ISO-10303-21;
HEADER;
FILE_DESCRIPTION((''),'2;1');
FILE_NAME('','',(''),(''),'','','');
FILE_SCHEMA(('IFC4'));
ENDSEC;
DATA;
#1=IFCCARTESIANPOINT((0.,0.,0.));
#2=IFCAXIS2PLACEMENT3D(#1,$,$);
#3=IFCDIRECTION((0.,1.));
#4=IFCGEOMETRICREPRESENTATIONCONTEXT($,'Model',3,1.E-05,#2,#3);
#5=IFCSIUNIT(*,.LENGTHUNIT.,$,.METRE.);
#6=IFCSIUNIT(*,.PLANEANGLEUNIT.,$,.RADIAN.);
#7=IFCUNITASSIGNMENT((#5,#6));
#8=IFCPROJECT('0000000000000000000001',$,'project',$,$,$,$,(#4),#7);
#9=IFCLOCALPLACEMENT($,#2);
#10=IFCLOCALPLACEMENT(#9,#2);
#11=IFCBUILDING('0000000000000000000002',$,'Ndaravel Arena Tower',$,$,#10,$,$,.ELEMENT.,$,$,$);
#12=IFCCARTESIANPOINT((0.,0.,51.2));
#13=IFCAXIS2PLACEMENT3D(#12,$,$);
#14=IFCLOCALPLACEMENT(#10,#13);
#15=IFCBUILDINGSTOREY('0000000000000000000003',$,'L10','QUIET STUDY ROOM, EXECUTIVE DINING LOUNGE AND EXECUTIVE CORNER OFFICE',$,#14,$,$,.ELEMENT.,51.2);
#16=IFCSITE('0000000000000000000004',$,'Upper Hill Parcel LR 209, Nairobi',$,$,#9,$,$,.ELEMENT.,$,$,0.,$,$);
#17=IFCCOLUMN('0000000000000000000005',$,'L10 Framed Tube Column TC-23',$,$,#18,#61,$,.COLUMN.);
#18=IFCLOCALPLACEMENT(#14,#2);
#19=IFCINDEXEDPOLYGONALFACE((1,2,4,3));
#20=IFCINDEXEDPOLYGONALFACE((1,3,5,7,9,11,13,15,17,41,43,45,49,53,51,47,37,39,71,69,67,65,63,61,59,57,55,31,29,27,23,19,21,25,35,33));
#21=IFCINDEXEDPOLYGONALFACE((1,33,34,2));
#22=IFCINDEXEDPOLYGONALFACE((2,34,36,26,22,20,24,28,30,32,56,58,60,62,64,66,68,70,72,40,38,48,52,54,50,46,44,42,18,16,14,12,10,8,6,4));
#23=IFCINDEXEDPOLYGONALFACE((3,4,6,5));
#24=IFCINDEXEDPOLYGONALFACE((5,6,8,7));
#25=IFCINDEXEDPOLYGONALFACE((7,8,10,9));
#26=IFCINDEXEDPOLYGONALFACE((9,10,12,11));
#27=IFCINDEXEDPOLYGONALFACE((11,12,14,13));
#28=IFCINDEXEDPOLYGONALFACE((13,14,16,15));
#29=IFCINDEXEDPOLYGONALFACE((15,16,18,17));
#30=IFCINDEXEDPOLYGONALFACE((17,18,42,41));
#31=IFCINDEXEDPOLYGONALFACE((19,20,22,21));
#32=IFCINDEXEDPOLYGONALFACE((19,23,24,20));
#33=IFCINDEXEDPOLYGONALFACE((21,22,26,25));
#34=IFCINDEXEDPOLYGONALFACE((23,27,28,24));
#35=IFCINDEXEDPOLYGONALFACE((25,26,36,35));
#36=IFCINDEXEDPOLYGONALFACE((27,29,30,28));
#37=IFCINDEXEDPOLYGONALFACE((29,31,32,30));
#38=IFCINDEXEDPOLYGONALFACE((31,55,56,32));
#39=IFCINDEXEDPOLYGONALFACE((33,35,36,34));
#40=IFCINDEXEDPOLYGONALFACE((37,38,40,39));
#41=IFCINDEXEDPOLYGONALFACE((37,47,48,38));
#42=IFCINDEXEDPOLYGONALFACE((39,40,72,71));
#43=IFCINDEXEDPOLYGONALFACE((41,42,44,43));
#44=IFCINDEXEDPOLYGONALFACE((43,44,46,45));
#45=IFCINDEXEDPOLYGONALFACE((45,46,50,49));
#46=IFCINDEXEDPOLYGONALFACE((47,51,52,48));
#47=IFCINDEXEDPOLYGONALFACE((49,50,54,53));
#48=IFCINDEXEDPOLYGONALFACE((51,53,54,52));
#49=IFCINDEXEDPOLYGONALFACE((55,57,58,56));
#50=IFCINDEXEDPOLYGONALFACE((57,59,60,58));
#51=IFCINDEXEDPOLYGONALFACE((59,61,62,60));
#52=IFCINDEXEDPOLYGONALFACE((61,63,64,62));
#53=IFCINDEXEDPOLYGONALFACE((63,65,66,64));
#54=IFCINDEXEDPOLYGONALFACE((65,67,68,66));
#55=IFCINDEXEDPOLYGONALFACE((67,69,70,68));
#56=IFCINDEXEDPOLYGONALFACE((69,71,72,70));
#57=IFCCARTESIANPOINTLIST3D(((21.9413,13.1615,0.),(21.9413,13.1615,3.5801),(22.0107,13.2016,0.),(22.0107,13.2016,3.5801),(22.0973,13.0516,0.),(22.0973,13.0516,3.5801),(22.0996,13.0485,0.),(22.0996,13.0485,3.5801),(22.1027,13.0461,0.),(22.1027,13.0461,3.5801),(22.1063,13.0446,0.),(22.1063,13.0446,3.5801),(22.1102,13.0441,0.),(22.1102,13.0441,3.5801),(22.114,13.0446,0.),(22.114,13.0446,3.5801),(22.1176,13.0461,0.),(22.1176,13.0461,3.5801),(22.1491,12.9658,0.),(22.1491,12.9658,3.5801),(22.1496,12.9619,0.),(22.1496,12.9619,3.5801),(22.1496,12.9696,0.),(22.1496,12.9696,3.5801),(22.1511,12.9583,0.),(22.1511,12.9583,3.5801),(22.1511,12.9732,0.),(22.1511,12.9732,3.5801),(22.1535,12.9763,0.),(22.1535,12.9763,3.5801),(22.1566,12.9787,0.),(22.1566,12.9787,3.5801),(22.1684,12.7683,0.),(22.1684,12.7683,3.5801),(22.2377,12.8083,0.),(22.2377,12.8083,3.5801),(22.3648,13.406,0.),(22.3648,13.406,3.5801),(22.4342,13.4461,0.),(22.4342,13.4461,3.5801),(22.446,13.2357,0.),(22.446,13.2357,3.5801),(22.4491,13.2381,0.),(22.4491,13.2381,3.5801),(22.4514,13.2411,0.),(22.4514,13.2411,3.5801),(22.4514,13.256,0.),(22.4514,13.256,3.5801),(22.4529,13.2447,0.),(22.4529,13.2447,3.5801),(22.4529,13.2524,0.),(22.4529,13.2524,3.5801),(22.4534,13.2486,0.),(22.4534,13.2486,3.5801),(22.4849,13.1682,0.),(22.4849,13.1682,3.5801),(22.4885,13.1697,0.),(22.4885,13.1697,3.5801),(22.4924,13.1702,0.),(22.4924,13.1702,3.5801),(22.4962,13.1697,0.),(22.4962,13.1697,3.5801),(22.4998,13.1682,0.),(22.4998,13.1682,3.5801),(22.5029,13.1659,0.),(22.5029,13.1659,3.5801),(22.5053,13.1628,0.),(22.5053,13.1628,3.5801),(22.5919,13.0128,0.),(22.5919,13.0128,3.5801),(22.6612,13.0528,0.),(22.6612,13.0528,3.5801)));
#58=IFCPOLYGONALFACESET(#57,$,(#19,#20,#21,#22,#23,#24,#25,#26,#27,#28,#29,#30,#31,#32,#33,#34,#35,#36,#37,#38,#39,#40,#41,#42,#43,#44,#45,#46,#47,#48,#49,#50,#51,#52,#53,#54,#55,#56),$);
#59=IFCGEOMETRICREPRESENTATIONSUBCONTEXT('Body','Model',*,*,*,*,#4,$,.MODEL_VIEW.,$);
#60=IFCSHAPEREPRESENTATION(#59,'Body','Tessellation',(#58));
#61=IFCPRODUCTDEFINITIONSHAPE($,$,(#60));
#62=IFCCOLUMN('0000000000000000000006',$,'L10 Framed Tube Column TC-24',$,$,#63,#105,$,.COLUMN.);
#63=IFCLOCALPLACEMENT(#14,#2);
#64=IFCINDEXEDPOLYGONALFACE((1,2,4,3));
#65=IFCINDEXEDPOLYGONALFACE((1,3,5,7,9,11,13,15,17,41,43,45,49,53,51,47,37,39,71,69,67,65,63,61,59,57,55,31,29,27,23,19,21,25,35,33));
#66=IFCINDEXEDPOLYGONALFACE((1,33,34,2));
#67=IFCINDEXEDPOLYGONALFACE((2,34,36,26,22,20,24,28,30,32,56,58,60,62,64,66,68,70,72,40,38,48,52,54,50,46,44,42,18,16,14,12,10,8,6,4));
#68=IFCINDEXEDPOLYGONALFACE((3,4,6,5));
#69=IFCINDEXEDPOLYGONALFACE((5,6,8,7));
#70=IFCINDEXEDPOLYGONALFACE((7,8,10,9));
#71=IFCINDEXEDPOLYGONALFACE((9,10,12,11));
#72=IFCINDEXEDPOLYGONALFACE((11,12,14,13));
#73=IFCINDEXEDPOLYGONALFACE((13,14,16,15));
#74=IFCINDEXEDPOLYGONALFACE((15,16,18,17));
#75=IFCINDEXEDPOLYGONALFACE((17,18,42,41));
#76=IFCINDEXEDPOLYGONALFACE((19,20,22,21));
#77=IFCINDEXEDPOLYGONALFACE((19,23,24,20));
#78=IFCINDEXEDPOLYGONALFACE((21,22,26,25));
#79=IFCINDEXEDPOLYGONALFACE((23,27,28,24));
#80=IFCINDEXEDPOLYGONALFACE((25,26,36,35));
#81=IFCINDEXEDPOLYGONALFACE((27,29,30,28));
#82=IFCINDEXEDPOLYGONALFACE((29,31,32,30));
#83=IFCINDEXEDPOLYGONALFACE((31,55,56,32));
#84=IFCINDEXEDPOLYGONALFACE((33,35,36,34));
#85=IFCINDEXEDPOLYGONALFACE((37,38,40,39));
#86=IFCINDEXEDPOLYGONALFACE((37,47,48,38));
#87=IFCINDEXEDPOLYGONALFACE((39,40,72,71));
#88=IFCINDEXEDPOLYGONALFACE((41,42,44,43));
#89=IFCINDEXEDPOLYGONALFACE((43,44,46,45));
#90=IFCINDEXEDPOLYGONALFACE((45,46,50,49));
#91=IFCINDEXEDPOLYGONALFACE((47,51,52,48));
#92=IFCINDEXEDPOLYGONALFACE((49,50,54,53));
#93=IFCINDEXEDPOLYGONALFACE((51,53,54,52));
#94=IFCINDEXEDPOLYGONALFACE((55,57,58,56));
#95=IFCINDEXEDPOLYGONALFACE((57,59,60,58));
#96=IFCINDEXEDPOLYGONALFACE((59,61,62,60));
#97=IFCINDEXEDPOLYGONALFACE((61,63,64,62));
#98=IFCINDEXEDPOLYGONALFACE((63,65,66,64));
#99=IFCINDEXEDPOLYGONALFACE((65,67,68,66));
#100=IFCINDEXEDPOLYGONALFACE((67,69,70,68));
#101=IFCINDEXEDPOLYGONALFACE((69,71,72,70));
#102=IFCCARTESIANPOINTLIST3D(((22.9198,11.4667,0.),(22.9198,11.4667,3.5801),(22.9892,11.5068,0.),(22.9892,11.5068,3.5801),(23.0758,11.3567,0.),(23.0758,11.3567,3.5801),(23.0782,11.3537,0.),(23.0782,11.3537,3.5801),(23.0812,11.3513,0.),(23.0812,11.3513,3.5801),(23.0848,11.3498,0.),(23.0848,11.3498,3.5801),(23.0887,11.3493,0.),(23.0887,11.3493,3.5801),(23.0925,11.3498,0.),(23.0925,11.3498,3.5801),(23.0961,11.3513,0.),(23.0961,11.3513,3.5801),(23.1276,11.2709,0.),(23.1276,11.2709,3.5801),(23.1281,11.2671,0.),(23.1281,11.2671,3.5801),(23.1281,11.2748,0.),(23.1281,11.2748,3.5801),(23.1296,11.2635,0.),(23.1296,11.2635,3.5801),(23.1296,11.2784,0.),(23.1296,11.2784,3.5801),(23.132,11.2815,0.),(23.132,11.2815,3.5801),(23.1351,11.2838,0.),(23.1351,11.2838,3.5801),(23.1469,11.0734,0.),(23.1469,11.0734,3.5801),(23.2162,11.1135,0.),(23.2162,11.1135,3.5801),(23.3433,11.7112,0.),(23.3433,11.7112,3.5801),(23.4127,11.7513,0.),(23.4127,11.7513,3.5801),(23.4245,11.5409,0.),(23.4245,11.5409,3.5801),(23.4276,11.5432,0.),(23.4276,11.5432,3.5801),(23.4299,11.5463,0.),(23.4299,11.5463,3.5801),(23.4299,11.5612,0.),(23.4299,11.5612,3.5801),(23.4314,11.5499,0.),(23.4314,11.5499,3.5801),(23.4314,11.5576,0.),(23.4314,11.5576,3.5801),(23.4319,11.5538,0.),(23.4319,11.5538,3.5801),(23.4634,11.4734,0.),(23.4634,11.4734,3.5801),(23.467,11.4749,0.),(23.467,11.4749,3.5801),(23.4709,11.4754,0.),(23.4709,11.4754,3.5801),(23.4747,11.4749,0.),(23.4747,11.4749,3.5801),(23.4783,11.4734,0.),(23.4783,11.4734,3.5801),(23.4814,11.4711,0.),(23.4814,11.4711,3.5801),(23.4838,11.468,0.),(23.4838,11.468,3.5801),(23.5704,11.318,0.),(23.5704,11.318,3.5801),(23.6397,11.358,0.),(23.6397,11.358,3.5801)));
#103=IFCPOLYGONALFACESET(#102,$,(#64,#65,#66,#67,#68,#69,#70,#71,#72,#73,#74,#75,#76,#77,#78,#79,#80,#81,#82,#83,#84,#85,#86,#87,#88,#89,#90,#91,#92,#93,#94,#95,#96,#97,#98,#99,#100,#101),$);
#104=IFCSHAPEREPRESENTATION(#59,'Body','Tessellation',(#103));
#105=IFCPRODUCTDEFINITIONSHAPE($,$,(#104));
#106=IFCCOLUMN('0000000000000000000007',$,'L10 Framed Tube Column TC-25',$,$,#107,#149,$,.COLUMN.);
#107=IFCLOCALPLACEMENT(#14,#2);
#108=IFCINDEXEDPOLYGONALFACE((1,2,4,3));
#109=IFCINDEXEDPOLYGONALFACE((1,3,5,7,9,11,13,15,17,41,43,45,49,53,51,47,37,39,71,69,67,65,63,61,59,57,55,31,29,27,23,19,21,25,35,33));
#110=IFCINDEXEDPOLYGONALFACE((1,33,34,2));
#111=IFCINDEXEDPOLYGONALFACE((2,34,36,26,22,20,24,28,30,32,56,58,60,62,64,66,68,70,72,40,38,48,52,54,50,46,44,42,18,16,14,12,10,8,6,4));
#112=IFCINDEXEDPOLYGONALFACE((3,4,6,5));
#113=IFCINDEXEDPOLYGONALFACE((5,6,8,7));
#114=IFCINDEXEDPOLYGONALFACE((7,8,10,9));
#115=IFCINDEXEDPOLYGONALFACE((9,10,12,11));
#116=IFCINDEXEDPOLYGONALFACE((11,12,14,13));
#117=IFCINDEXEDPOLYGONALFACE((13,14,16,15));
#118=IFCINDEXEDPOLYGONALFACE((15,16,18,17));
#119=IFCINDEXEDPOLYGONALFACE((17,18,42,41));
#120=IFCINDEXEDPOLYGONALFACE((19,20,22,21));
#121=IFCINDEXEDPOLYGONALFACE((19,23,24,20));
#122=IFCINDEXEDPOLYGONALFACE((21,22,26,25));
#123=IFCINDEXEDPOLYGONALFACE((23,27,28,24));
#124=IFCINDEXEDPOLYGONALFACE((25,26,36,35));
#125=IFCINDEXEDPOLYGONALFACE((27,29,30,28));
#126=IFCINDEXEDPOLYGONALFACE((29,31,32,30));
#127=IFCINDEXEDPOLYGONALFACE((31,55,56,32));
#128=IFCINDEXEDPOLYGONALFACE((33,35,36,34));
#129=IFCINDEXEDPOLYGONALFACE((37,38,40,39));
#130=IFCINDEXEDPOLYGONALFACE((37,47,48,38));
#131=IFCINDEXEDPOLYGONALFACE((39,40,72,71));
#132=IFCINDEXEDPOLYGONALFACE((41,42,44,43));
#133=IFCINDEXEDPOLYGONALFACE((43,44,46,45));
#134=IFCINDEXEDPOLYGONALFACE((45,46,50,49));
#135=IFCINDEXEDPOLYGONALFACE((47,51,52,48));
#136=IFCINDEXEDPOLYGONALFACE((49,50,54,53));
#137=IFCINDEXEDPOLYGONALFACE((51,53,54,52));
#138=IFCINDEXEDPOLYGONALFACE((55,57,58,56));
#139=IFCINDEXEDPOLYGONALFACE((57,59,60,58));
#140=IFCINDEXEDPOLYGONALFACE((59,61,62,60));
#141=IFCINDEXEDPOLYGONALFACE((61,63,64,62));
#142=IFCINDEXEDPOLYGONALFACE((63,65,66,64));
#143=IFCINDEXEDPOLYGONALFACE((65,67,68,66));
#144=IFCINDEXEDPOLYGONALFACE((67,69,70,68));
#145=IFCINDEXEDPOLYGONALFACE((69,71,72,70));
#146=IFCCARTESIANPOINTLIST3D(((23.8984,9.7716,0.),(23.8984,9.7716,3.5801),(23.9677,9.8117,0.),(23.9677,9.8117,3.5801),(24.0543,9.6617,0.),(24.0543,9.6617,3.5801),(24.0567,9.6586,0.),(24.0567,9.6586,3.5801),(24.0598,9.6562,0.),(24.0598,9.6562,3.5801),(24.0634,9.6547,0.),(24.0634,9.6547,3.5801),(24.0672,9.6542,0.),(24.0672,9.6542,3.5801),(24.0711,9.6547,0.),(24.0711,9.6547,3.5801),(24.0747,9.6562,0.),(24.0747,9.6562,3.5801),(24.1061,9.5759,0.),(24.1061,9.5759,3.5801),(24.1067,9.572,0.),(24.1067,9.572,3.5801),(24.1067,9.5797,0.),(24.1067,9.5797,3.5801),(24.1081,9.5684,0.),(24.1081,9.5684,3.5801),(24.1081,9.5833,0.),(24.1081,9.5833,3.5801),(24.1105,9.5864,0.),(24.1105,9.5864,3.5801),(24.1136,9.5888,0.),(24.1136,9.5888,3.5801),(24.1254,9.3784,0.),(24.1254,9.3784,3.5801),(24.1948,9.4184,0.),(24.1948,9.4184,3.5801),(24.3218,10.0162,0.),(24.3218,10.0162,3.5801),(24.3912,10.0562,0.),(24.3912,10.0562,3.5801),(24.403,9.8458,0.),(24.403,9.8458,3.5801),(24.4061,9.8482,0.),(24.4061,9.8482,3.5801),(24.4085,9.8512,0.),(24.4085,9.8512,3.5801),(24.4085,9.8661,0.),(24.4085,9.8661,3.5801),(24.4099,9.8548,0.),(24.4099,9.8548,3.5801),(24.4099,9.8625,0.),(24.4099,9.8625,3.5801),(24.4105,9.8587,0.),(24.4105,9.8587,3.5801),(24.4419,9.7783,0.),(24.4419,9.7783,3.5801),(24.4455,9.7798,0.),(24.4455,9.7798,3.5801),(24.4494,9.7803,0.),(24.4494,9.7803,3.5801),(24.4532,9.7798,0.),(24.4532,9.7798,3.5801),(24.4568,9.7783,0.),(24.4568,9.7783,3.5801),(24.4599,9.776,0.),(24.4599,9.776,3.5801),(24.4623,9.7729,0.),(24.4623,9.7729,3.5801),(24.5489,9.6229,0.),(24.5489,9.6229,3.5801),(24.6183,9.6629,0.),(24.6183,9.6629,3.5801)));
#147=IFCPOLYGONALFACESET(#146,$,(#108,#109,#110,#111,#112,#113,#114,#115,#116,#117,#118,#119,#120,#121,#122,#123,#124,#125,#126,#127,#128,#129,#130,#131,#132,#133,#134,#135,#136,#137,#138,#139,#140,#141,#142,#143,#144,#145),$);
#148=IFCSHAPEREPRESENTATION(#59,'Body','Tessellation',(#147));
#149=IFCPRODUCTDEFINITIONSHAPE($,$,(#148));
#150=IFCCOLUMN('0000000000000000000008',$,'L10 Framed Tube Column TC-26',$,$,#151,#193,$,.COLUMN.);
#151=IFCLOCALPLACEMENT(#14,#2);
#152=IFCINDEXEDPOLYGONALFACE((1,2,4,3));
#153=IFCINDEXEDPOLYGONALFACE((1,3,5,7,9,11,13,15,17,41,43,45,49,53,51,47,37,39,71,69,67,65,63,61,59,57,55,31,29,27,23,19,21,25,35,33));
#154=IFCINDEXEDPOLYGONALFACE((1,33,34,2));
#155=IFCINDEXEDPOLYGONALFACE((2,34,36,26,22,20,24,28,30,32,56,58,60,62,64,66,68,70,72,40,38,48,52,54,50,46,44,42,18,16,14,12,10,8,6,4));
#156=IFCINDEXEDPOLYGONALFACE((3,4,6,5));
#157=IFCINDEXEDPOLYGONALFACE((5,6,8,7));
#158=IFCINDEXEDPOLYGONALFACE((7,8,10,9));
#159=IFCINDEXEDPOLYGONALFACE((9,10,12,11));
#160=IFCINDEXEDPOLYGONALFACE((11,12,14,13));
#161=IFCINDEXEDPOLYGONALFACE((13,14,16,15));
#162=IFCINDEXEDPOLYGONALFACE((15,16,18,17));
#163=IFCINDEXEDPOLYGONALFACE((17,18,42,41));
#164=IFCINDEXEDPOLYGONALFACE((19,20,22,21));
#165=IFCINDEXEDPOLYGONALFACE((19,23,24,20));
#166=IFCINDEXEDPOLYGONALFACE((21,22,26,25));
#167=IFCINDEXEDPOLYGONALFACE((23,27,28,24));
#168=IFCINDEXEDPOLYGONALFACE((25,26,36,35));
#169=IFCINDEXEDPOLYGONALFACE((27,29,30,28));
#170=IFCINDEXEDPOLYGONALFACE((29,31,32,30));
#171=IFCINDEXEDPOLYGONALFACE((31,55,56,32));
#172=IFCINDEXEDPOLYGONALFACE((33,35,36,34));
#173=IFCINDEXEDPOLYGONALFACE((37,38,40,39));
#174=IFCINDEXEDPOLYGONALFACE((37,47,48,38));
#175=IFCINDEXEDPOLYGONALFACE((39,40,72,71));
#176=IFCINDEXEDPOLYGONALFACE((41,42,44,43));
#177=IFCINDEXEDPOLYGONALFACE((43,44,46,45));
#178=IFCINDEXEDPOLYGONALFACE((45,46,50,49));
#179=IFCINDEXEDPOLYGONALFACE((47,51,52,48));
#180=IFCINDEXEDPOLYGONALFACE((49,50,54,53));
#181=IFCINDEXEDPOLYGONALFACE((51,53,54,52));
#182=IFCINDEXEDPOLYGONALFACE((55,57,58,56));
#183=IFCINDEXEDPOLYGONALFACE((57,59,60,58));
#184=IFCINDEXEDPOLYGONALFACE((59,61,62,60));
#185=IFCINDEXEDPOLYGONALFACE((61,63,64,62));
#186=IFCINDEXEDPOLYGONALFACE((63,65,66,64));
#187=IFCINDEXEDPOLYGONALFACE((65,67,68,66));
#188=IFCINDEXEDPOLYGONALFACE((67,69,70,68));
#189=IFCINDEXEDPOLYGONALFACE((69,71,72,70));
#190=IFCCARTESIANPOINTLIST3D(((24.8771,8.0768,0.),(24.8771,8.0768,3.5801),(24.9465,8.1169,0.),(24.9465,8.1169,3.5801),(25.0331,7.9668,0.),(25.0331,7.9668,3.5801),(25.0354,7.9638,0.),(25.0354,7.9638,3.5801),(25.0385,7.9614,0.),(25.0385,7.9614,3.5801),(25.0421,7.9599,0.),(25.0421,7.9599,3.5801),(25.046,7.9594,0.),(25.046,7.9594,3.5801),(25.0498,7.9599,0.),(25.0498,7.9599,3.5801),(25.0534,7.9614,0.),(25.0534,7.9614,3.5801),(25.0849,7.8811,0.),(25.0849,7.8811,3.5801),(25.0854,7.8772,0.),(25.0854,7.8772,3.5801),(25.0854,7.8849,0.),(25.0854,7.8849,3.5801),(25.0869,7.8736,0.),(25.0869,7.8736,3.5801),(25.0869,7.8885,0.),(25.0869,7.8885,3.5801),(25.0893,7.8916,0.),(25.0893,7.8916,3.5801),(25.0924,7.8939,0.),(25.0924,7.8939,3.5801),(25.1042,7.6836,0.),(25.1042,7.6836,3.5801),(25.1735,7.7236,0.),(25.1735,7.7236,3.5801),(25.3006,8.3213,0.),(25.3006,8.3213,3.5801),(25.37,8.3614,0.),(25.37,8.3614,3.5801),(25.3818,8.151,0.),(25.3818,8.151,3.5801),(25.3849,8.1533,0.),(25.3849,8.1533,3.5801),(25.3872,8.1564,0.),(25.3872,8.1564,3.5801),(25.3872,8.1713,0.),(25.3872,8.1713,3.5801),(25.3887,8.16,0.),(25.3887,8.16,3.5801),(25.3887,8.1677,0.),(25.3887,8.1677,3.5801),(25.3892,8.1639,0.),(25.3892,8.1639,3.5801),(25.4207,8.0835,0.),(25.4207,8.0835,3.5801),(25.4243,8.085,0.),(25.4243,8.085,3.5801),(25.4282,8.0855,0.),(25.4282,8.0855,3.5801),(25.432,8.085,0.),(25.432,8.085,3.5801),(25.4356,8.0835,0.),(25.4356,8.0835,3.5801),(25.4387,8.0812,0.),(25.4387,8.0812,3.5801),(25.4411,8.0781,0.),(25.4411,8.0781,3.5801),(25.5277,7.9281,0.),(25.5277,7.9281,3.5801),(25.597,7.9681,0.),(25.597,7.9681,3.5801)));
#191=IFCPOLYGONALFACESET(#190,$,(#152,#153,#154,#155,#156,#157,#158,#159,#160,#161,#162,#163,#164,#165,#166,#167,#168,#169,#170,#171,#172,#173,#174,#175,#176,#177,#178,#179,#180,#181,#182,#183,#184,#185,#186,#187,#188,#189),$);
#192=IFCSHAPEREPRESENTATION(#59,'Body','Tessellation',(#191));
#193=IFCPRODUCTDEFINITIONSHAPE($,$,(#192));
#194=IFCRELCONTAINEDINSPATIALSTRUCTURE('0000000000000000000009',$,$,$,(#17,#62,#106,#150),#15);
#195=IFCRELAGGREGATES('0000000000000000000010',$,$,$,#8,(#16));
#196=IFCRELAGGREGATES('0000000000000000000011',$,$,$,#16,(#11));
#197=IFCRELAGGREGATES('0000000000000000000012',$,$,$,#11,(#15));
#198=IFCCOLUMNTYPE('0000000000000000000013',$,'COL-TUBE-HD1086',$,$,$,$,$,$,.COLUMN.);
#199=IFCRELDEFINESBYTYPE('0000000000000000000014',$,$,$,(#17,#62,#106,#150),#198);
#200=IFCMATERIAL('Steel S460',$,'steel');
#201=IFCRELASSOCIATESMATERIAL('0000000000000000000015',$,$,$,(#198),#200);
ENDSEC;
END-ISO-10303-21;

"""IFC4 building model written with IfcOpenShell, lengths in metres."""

from ifc_helpers import new_model, si_unit, direction, frame, origin, origin_2d, place, context, subcontext, project, spatial, i_section, extrude, material, material_profile, profile_set, type_object, element, save


model = new_model("IFC4")

# Units and contexts
model_context = context("Model", 3, precision=1e-05, world=origin(), true_north=direction((0.0, 1.0)))
body_context = subcontext(model_context, "Body", "Model", "MODEL_VIEW")
ifc_project = project(units=[si_unit("LENGTHUNIT", "METRE"), si_unit("PLANEANGLEUNIT", "RADIAN")], contexts=[model_context])

# Site, building, storey
site_placement = place(None, origin())
site = spatial("IfcSite", under=ifc_project, at=site_placement, Name="Upper Hill Parcel LR 209, Nairobi", CompositionType="ELEMENT", RefElevation=0.0)
building_placement = place(site_placement, origin())
building = spatial("IfcBuilding", under=site, at=building_placement, Name="Ndaravel Arena Tower", CompositionType="ELEMENT")
storey_placement = place(building_placement, frame((0.0, 0.0, 51.2)))
storey = spatial("IfcBuildingStorey", under=building, at=storey_placement, Name="L10", Description="QUIET STUDY ROOM, EXECUTIVE DINING LOUNGE AND EXECUTIVE CORNER OFFICE", CompositionType="ELEMENT", Elevation=51.2)

# Columns
ifc_material_1 = material(Name="Steel S460", Category="steel")
ifc_material_profile_1 = material_profile(ifc_material_1, i_section(OverallWidth=0.4541, OverallDepth=0.5691, WebThickness=0.0779, FlangeThickness=0.0801, FilletRadius=0.0149, at=origin_2d()), Name="HD 400x1086")
ifc_profile_set_1 = profile_set([ifc_material_profile_1], Name="Steel S460")
column_type = type_object("IfcColumnType", Name="COL-TUBE-HD1086", PredefinedType="COLUMN", material=ifc_profile_set_1)
for number, where, z_axis, x_axis, name in (
    (1, (22.3013, 13.1072, 0.0), (0.0, 0.0, 1.0), (-0.5, 0.866025, 0.0), "L10 Framed Tube Column TC-23"),
    (2, (23.2798, 11.4124, 0.0), (0.0, 0.0, 1.0), (-0.5, 0.866025, 0.0), "L10 Framed Tube Column TC-24"),
    (3, (24.2583, 9.7173, 0.0), (0.0, 0.0, 1.0), (-0.5, 0.866025, 0.0), "L10 Framed Tube Column TC-25"),
    (4, (25.2371, 8.0225, 0.0), (0.0, 0.0, 1.0), (-0.5, 0.866025, 0.0), "L10 Framed Tube Column TC-26"),
):
    element("IfcColumn", number, at=place(storey_placement, frame(where, z_axis=z_axis, x_axis=x_axis)), inside=storey, type_object=column_type, Name=name, PredefinedType="COLUMN", context=body_context, shape_type="SweptSolid", body=[
        extrude(i_section(OverallWidth=0.4541, OverallDepth=0.5691, WebThickness=0.0779, FlangeThickness=0.0801, FilletRadius=0.0149, at=origin_2d()), origin(), (0.0, 0.0, 1.0), 3.5801),
    ])

save(model, "model.ifc")
